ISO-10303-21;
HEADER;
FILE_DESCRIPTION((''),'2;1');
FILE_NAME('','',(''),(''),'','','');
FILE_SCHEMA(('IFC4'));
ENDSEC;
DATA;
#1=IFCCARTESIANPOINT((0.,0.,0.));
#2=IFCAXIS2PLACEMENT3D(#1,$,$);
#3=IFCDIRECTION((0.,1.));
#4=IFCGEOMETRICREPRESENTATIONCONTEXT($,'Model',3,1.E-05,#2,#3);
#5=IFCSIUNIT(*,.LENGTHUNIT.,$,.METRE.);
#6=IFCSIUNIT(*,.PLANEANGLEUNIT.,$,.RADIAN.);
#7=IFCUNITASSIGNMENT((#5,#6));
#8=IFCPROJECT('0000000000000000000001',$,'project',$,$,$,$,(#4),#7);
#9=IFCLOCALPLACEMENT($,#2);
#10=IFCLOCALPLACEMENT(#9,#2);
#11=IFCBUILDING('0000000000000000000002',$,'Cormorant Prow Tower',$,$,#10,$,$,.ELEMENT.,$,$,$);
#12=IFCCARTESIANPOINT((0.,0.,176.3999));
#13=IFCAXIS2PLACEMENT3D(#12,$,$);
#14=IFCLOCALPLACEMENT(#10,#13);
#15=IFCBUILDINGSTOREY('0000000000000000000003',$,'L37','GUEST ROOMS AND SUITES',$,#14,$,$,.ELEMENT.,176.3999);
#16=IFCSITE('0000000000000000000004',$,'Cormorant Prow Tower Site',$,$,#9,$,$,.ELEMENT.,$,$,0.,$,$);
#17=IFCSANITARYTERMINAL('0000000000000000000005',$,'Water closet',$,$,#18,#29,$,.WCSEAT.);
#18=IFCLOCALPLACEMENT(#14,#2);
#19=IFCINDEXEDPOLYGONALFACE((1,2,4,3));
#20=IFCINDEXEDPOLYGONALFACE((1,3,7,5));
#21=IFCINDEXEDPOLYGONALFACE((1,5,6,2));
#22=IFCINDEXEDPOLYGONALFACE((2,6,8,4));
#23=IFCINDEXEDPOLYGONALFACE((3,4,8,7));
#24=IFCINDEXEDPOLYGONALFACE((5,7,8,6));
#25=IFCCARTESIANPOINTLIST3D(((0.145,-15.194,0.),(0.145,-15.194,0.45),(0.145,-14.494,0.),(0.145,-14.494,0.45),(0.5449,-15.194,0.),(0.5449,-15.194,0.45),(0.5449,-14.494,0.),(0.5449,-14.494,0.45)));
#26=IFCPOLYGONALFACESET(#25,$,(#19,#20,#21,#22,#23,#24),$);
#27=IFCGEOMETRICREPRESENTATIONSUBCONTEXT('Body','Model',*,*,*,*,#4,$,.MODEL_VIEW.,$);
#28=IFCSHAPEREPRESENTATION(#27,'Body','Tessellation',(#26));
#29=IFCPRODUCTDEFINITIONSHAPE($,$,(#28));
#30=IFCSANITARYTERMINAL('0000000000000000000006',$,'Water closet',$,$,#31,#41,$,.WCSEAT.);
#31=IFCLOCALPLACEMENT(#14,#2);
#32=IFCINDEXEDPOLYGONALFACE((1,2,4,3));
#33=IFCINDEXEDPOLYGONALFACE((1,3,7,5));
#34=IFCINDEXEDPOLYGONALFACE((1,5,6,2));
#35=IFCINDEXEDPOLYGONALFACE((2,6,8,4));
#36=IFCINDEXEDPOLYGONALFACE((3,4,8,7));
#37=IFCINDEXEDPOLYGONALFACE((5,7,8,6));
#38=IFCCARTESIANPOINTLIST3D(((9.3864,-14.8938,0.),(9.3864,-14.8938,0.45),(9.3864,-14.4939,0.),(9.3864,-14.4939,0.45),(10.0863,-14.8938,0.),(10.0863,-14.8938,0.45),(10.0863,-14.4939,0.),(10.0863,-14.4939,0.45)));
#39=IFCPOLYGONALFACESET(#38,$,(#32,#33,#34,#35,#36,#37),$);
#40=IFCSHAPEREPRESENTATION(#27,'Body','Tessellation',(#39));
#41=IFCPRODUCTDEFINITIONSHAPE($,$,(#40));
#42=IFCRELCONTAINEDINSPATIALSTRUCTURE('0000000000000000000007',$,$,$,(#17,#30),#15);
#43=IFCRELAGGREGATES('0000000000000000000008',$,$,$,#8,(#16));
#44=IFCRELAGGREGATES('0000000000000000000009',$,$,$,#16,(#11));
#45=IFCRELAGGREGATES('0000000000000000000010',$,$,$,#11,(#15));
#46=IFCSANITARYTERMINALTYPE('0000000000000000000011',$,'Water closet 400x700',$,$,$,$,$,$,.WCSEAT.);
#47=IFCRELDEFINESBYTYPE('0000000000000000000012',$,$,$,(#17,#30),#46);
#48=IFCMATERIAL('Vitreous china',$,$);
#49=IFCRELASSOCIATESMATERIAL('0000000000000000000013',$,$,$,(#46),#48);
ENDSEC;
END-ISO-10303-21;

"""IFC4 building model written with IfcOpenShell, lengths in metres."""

from ifc_helpers import new_model, si_unit, direction, frame, origin, origin_2d, place, context, subcontext, project, spatial, rectangle, extrude, material, type_object, element, save


model = new_model("IFC4")

# Units and contexts
model_context = context("Model", 3, precision=1e-05, world=origin(), true_north=direction((0.0, 1.0)))
body_context = subcontext(model_context, "Body", "Model", "MODEL_VIEW")
ifc_project = project(units=[si_unit("LENGTHUNIT", "METRE"), si_unit("PLANEANGLEUNIT", "RADIAN")], contexts=[model_context])

# Site, building, storey
site_placement = place(None, origin())
site = spatial("IfcSite", under=ifc_project, at=site_placement, Name="Cormorant Prow Tower Site", CompositionType="ELEMENT", RefElevation=0.0)
building_placement = place(site_placement, origin())
building = spatial("IfcBuilding", under=site, at=building_placement, Name="Cormorant Prow Tower", CompositionType="ELEMENT")
storey_placement = place(building_placement, frame((0.0, 0.0, 176.3999)))
storey = spatial("IfcBuildingStorey", under=building, at=storey_placement, Name="L37", Description="GUEST ROOMS AND SUITES", CompositionType="ELEMENT", Elevation=176.3999)

# Sanitary terminals
ifc_material_1 = material(Name="Vitreous china")
sanitary_terminal_type_1 = type_object("IfcSanitaryTerminalType", Name="Water closet 400x700", PredefinedType="WCSEAT", material=ifc_material_1)
for number, where, z_axis, x_axis, name in (
    (1, (0.345, -14.844, 0.0), (0.0, 0.0, 1.0), (1.0, 0.0, 0.0), "Water closet"),
    (2, (9.7363, -14.6938, 0.0), (0.0, 0.0, 1.0), (0.0, -1.0, 0.0), "Water closet"),
):
    element("IfcSanitaryTerminal", number, at=place(storey_placement, frame(where, z_axis=z_axis, x_axis=x_axis)), inside=storey, type_object=sanitary_terminal_type_1, Name=name, PredefinedType="WCSEAT", context=body_context, shape_type="SweptSolid", body=[
        extrude(rectangle(XDim=0.3999, YDim=0.7, at=origin_2d()), origin(), (0.0, 0.0, 1.0), 0.45),
    ])

save(model, "model.ifc")
